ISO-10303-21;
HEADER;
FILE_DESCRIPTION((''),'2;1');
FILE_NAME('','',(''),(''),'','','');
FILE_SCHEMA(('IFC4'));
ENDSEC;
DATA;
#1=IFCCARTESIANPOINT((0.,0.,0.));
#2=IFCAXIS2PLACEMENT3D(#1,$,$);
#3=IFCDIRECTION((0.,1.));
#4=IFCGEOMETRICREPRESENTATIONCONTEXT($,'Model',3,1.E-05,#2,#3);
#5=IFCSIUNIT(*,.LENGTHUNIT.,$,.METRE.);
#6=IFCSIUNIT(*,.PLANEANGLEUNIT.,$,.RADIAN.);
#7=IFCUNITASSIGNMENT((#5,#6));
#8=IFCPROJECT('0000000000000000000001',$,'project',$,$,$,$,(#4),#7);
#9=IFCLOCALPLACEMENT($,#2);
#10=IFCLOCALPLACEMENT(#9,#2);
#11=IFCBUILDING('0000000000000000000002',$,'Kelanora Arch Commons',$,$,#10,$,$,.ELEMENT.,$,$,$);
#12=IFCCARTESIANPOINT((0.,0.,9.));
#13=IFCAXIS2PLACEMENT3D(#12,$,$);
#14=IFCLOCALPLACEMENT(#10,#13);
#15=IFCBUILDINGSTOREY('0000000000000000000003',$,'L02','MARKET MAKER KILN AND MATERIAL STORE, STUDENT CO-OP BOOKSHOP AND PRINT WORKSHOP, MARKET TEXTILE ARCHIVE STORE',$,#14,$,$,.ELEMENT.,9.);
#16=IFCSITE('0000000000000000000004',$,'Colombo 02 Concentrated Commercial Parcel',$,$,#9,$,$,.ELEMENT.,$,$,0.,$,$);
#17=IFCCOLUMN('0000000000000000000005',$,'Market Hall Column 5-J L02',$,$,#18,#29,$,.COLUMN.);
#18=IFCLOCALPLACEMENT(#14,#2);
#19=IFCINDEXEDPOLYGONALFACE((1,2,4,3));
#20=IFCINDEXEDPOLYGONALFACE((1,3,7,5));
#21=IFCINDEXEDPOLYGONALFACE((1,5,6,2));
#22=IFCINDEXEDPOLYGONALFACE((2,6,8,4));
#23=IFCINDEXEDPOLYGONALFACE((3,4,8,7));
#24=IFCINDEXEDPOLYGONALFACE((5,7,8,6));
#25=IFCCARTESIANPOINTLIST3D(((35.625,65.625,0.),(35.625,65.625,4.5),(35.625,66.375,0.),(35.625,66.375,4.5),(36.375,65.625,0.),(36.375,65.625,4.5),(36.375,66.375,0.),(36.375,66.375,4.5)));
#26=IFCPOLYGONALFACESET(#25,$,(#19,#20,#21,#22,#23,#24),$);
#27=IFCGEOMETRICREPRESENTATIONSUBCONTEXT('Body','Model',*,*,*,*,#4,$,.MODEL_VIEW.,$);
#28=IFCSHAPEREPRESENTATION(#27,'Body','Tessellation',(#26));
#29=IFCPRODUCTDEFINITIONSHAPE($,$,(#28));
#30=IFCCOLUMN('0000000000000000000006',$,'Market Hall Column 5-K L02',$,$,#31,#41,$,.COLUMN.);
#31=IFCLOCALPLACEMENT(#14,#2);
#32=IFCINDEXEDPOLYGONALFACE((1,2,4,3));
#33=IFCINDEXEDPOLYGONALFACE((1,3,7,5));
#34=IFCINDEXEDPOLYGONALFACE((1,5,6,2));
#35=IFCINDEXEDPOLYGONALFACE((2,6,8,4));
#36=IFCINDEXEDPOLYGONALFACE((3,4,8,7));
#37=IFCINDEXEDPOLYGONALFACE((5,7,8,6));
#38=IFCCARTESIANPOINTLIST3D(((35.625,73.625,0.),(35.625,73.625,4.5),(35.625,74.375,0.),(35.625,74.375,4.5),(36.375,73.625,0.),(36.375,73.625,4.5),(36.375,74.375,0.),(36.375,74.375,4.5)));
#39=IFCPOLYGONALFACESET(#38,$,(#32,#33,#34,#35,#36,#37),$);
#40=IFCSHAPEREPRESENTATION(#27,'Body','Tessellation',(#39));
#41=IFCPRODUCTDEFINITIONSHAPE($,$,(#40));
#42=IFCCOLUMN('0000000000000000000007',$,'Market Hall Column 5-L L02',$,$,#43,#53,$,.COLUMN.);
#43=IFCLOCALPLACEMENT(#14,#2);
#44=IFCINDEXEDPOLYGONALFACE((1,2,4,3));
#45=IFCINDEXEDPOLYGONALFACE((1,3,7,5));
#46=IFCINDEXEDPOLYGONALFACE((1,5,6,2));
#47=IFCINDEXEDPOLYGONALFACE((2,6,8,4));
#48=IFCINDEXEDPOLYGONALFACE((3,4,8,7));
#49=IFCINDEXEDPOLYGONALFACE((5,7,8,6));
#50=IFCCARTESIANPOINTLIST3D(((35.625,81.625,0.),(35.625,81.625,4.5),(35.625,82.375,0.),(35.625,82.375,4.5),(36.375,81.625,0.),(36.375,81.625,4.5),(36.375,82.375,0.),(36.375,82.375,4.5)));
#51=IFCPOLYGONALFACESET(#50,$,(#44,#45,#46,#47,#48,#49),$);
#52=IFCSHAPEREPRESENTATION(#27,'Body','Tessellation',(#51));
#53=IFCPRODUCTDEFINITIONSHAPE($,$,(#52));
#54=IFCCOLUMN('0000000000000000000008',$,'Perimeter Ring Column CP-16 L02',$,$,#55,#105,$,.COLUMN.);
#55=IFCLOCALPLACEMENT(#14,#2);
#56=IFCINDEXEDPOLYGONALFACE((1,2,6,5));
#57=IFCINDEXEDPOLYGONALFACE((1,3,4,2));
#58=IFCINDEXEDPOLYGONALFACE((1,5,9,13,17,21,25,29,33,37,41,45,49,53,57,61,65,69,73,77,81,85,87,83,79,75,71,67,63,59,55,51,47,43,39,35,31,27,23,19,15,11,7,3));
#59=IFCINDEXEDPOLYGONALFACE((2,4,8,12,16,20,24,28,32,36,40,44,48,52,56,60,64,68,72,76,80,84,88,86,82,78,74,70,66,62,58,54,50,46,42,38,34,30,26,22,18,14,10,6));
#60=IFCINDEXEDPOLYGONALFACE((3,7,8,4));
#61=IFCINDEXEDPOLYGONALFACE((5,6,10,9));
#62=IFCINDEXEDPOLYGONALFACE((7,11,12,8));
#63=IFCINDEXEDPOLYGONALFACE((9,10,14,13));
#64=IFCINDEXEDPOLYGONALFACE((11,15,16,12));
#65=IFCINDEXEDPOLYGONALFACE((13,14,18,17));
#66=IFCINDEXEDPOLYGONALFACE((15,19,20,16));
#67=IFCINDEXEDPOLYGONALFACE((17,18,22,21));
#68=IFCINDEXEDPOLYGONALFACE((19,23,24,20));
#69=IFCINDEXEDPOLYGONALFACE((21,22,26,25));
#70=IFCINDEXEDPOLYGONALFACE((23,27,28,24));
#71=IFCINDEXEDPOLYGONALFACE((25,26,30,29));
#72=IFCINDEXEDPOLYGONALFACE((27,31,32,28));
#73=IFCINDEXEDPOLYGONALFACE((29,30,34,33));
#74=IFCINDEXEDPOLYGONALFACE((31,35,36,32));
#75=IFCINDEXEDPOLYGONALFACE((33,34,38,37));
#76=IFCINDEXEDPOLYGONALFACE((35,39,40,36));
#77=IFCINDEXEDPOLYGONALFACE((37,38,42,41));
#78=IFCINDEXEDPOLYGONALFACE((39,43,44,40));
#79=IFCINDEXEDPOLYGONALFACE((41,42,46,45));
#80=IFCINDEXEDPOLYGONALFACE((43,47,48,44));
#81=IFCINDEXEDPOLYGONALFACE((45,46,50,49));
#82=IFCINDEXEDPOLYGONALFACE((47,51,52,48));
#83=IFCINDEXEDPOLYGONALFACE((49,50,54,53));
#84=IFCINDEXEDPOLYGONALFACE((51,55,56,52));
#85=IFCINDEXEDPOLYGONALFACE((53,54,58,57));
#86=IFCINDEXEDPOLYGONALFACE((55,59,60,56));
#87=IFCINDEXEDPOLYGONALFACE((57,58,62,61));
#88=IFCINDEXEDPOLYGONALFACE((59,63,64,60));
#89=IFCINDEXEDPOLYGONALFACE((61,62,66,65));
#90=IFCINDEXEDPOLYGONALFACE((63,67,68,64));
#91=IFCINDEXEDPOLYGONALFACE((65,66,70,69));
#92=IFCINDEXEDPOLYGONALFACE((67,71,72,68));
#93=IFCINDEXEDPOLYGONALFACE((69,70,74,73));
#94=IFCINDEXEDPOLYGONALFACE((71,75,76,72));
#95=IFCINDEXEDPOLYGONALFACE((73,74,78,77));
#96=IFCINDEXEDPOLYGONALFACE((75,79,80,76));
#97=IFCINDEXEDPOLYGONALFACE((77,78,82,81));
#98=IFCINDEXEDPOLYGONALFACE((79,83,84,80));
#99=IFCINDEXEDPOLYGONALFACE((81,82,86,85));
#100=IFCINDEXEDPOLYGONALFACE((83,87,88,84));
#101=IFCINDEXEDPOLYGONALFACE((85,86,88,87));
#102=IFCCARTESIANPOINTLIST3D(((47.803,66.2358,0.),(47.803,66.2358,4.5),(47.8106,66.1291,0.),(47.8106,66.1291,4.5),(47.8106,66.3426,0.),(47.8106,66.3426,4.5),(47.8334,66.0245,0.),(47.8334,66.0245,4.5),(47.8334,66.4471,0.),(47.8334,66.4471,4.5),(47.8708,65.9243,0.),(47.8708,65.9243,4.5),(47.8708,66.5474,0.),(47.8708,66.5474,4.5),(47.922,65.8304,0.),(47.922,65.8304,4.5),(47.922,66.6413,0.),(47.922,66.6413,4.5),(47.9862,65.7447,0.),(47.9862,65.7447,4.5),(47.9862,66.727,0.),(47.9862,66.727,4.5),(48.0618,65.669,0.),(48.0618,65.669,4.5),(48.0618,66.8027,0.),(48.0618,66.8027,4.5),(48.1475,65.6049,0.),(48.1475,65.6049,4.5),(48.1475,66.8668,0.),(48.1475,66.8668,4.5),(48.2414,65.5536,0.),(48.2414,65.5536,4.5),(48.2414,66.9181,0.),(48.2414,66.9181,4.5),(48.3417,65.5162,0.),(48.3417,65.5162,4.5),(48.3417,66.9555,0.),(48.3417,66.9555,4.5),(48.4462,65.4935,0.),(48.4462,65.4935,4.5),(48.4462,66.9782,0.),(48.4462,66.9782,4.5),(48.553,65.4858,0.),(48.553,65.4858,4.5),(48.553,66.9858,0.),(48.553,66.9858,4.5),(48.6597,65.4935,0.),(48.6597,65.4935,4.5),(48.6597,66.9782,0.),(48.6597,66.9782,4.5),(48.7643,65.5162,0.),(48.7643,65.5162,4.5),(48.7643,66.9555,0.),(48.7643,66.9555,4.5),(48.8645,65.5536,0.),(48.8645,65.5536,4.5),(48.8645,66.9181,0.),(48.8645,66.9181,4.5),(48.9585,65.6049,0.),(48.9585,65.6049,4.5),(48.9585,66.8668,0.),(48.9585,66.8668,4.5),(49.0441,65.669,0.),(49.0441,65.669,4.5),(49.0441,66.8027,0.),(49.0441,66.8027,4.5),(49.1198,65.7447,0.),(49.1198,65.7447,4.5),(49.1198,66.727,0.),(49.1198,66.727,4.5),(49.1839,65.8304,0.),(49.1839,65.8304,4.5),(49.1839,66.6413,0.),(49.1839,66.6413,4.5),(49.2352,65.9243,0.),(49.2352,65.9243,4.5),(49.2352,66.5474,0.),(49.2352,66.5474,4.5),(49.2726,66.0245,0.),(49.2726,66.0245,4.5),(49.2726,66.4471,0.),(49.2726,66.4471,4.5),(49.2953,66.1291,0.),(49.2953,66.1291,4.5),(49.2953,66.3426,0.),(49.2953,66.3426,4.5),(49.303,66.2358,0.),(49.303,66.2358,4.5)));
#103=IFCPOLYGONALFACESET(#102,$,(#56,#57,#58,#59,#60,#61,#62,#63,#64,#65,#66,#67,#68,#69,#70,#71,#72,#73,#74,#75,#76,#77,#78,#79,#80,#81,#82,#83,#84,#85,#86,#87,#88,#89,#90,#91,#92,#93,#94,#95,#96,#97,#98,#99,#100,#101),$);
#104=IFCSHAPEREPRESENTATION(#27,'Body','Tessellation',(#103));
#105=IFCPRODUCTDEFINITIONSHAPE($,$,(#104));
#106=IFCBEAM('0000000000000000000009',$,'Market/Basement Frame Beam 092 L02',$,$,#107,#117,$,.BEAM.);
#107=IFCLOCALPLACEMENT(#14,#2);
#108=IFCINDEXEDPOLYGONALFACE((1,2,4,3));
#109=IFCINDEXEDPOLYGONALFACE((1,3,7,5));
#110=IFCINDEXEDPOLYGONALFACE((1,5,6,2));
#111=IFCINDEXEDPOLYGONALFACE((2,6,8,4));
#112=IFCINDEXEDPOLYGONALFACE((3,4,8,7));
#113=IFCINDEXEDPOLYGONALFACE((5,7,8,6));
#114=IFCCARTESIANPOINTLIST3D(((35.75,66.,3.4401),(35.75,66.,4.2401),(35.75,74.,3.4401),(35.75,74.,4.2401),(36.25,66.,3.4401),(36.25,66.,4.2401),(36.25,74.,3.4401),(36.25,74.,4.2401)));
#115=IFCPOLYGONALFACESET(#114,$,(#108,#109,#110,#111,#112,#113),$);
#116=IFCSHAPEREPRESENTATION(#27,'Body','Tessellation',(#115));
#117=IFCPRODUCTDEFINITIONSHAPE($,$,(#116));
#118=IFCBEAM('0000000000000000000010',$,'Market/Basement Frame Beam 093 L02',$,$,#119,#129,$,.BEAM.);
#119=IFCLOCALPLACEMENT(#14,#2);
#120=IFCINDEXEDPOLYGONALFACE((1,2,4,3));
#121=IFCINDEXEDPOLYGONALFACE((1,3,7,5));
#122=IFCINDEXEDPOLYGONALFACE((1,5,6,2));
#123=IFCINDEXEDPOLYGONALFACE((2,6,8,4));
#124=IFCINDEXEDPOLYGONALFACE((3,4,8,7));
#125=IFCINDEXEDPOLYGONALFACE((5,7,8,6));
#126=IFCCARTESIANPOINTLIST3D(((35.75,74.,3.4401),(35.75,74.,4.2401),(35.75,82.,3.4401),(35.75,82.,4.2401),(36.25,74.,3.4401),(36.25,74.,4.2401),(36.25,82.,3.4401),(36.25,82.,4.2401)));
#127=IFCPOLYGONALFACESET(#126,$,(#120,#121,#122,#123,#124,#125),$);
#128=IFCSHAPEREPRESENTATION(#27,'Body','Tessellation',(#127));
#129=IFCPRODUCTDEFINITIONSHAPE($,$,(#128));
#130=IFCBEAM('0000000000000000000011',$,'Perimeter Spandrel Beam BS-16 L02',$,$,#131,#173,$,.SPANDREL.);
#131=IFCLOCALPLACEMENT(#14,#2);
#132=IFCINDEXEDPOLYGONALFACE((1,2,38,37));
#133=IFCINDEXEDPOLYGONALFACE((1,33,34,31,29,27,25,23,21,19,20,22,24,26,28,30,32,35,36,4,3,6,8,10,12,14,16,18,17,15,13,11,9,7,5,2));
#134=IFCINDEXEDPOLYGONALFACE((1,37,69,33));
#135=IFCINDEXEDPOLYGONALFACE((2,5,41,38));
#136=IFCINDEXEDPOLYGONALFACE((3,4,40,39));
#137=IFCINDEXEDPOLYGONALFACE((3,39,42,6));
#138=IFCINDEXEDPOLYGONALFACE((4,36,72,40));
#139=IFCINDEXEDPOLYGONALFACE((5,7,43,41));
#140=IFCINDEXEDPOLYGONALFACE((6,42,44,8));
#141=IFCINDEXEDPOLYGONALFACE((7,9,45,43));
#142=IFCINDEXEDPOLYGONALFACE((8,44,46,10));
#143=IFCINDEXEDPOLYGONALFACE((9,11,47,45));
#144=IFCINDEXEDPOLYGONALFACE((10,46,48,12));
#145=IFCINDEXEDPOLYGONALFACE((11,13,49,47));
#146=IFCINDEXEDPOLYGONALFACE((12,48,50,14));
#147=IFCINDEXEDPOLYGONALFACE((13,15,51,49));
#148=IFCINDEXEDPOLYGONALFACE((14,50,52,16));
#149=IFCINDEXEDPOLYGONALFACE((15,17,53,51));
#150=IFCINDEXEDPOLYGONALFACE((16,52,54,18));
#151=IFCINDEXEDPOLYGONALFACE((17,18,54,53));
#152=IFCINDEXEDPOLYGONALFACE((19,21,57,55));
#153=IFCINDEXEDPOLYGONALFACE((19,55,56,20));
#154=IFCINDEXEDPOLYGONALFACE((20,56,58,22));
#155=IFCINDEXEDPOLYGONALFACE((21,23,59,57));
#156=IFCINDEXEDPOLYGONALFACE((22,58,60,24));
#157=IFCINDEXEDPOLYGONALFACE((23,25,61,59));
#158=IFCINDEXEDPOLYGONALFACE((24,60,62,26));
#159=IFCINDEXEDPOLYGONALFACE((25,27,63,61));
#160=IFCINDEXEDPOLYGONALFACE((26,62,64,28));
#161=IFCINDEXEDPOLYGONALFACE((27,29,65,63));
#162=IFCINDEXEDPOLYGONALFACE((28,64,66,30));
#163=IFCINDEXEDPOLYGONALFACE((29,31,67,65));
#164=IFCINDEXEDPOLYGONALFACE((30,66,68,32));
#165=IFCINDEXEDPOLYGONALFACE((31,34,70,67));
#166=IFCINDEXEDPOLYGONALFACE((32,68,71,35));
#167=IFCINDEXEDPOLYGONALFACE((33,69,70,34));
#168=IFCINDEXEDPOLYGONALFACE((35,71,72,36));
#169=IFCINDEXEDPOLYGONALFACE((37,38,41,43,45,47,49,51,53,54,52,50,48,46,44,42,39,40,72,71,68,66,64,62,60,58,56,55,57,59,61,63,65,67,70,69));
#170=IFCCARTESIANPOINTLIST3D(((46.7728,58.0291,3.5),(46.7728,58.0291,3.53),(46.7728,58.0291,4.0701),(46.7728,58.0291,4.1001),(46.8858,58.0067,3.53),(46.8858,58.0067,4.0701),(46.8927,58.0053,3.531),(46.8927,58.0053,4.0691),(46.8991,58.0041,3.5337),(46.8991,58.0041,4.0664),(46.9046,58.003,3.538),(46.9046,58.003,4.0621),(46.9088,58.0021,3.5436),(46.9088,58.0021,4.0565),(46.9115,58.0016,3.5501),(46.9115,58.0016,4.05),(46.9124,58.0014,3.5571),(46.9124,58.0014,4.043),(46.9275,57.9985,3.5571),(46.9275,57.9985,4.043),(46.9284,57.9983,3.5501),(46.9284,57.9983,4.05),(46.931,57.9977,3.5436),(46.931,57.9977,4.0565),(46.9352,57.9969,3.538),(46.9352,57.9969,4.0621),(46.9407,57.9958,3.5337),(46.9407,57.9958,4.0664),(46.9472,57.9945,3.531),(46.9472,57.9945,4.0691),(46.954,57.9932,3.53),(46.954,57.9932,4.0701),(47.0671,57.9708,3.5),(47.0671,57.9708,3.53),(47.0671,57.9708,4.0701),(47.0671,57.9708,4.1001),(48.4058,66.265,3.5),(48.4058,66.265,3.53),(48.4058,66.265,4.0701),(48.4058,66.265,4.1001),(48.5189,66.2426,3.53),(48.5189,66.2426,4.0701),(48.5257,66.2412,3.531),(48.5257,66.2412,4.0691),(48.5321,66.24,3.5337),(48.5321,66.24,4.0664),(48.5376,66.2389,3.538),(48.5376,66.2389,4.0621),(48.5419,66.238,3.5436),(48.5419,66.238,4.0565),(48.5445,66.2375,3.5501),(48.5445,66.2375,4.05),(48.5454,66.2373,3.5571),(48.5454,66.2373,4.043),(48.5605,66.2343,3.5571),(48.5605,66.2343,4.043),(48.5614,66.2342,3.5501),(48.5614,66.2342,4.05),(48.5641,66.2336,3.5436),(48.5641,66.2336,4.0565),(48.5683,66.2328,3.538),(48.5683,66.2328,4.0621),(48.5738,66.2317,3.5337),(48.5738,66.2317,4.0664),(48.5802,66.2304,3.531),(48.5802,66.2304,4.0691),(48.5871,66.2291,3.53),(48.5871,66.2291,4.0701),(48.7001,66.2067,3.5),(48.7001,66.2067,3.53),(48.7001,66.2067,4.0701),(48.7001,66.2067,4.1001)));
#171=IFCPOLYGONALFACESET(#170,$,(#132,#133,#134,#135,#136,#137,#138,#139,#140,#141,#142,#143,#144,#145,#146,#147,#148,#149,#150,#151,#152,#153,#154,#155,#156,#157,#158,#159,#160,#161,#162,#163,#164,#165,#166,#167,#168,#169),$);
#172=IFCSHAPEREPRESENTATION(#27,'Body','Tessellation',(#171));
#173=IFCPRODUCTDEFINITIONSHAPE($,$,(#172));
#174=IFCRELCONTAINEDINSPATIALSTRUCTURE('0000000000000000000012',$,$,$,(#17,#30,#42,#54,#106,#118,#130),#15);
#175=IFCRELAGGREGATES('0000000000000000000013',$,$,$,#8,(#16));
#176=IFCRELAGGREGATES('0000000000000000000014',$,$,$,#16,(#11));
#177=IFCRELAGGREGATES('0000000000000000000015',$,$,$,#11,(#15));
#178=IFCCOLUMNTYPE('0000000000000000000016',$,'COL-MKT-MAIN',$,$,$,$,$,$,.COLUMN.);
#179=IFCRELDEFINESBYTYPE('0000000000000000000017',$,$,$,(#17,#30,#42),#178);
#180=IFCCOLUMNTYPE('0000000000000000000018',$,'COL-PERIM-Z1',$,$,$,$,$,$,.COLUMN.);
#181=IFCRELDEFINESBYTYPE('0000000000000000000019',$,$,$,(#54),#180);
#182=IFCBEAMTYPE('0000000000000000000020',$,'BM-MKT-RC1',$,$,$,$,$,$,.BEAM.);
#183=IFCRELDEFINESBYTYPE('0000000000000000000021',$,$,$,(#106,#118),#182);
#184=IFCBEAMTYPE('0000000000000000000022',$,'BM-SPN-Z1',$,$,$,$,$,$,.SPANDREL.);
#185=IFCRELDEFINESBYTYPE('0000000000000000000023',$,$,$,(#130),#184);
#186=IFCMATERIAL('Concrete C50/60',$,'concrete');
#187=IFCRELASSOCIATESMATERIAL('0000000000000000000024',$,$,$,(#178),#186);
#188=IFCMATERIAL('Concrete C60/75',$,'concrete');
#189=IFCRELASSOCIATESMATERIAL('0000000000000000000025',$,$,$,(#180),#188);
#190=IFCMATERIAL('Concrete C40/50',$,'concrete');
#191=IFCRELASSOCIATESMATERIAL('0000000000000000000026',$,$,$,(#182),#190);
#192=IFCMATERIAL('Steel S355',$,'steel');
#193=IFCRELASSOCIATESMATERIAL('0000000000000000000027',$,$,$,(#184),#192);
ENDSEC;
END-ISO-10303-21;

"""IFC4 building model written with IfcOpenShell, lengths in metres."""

from ifc_helpers import new_model, si_unit, direction, frame, origin, origin_2d, place, context, subcontext, project, spatial, rectangle, circle, i_section, extrude, material, material_profile, profile_set, type_object, element, save


model = new_model("IFC4")

# Units and contexts
model_context = context("Model", 3, precision=1e-05, world=origin(), true_north=direction((0.0, 1.0)))
body_context = subcontext(model_context, "Body", "Model", "MODEL_VIEW")
ifc_project = project(units=[si_unit("LENGTHUNIT", "METRE"), si_unit("PLANEANGLEUNIT", "RADIAN")], contexts=[model_context])

# Site, building, storey
site_placement = place(None, origin())
site = spatial("IfcSite", under=ifc_project, at=site_placement, Name="Colombo 02 Concentrated Commercial Parcel", CompositionType="ELEMENT", RefElevation=0.0)
building_placement = place(site_placement, origin())
building = spatial("IfcBuilding", under=site, at=building_placement, Name="Kelanora Arch Commons", CompositionType="ELEMENT")
storey_placement = place(building_placement, frame((0.0, 0.0, 9.0)))
storey = spatial("IfcBuildingStorey", under=building, at=storey_placement, Name="L02", Description="MARKET MAKER KILN AND MATERIAL STORE, STUDENT CO-OP BOOKSHOP AND PRINT WORKSHOP, MARKET TEXTILE ARCHIVE STORE", CompositionType="ELEMENT", Elevation=9.0)

# Columns
ifc_material_1 = material(Name="Concrete C50/60", Category="concrete")
ifc_material_profile_1 = material_profile(ifc_material_1, rectangle(XDim=0.75, YDim=0.75, at=origin_2d()), Name="RC750x750")
ifc_profile_set_1 = profile_set([ifc_material_profile_1], Name="Concrete C50/60")
column_type_1 = type_object("IfcColumnType", Name="COL-MKT-MAIN", PredefinedType="COLUMN", material=ifc_profile_set_1)
for number, where, z_axis, x_axis, name in (
    (1, (36.0, 66.0, 0.0), (0.0, 0.0, 1.0), (1.0, 0.0, 0.0), "Market Hall Column 5-J L02"),
    (2, (36.0, 74.0, 0.0), (0.0, 0.0, 1.0), (1.0, 0.0, 0.0), "Market Hall Column 5-K L02"),
    (3, (36.0, 82.0, 0.0), (0.0, 0.0, 1.0), (1.0, 0.0, 0.0), "Market Hall Column 5-L L02"),
):
    element("IfcColumn", number, at=place(storey_placement, frame(where, z_axis=z_axis, x_axis=x_axis)), inside=storey, type_object=column_type_1, Name=name, PredefinedType="COLUMN", context=body_context, shape_type="SweptSolid", body=[
        extrude(rectangle(XDim=0.75, YDim=0.75, at=origin_2d()), origin(), (0.0, 0.0, 1.0), 4.5),
    ])
ifc_material_2 = material(Name="Concrete C60/75", Category="concrete")
ifc_material_profile_2 = material_profile(ifc_material_2, circle(Radius=0.75, at=origin_2d()), Name="RCC1500")
ifc_profile_set_2 = profile_set([ifc_material_profile_2], Name="Concrete C60/75")
column_type_2 = type_object("IfcColumnType", Name="COL-PERIM-Z1", PredefinedType="COLUMN", material=ifc_profile_set_2)
column_placement = place(storey_placement, frame((48.553, 66.2358, 0.0), z_axis=(0.0, 0.0, 1.0), x_axis=(1.0, 0.0, 0.0)))
element("IfcColumn", 4, at=column_placement, inside=storey, type_object=column_type_2, Name="Perimeter Ring Column CP-16 L02", PredefinedType="COLUMN", context=body_context, shape_type="SweptSolid", body=[
    extrude(circle(Radius=0.75, at=origin_2d()), origin(), (0.0, 0.0, 1.0), 4.5),
])

# Beams
ifc_material_3 = material(Name="Concrete C40/50", Category="concrete")
ifc_material_profile_3 = material_profile(ifc_material_3, rectangle(XDim=0.5, YDim=0.8, at=origin_2d()), Name="RCB500x800")
ifc_profile_set_3 = profile_set([ifc_material_profile_3], Name="Concrete C40/50")
beam_type_1 = type_object("IfcBeamType", Name="BM-MKT-RC1", PredefinedType="BEAM", material=ifc_profile_set_3)
for number, where, z_axis, x_axis, name in (
    (5, (36.0, 66.0, 3.8401), (0.0, 1.0, 0.0), (-1.0, 0.0, 0.0), "Market/Basement Frame Beam 092 L02"),
    (6, (36.0, 74.0, 3.8401), (0.0, 1.0, 0.0), (-1.0, 0.0, 0.0), "Market/Basement Frame Beam 093 L02"),
):
    element("IfcBeam", number, at=place(storey_placement, frame(where, z_axis=z_axis, x_axis=x_axis)), inside=storey, type_object=beam_type_1, Name=name, PredefinedType="BEAM", context=body_context, shape_type="SweptSolid", body=[
        extrude(rectangle(XDim=0.5, YDim=0.8, at=origin_2d()), origin(), (0.0, 0.0, 1.0), 8.0),
    ])
ifc_material_4 = material(Name="Steel S355", Category="steel")
ifc_material_profile_4 = material_profile(ifc_material_4, i_section(OverallWidth=0.3, OverallDepth=0.6001, WebThickness=0.0154, FlangeThickness=0.03, FilletRadius=0.0271, at=origin_2d()), Name="HEB600")
ifc_profile_set_4 = profile_set([ifc_material_profile_4], Name="Steel S355")
beam_type_2 = type_object("IfcBeamType", Name="BM-SPN-Z1", PredefinedType="SPANDREL", material=ifc_profile_set_4)
beam_placement = place(storey_placement, frame((48.553, 66.2358, 3.8), z_axis=(-0.1945, -0.980903, 0.0), x_axis=(0.980903, -0.1945, 0.0)))
element("IfcBeam", 7, at=beam_placement, inside=storey, type_object=beam_type_2, Name="Perimeter Spandrel Beam BS-16 L02", PredefinedType="SPANDREL", context=body_context, shape_type="SweptSolid", body=[
    extrude(i_section(OverallWidth=0.3, OverallDepth=0.6001, WebThickness=0.0154, FlangeThickness=0.03, FilletRadius=0.0271, at=origin_2d()), origin(), (0.0, 0.0, 1.0), 8.3962),
])

save(model, "model.ifc")
